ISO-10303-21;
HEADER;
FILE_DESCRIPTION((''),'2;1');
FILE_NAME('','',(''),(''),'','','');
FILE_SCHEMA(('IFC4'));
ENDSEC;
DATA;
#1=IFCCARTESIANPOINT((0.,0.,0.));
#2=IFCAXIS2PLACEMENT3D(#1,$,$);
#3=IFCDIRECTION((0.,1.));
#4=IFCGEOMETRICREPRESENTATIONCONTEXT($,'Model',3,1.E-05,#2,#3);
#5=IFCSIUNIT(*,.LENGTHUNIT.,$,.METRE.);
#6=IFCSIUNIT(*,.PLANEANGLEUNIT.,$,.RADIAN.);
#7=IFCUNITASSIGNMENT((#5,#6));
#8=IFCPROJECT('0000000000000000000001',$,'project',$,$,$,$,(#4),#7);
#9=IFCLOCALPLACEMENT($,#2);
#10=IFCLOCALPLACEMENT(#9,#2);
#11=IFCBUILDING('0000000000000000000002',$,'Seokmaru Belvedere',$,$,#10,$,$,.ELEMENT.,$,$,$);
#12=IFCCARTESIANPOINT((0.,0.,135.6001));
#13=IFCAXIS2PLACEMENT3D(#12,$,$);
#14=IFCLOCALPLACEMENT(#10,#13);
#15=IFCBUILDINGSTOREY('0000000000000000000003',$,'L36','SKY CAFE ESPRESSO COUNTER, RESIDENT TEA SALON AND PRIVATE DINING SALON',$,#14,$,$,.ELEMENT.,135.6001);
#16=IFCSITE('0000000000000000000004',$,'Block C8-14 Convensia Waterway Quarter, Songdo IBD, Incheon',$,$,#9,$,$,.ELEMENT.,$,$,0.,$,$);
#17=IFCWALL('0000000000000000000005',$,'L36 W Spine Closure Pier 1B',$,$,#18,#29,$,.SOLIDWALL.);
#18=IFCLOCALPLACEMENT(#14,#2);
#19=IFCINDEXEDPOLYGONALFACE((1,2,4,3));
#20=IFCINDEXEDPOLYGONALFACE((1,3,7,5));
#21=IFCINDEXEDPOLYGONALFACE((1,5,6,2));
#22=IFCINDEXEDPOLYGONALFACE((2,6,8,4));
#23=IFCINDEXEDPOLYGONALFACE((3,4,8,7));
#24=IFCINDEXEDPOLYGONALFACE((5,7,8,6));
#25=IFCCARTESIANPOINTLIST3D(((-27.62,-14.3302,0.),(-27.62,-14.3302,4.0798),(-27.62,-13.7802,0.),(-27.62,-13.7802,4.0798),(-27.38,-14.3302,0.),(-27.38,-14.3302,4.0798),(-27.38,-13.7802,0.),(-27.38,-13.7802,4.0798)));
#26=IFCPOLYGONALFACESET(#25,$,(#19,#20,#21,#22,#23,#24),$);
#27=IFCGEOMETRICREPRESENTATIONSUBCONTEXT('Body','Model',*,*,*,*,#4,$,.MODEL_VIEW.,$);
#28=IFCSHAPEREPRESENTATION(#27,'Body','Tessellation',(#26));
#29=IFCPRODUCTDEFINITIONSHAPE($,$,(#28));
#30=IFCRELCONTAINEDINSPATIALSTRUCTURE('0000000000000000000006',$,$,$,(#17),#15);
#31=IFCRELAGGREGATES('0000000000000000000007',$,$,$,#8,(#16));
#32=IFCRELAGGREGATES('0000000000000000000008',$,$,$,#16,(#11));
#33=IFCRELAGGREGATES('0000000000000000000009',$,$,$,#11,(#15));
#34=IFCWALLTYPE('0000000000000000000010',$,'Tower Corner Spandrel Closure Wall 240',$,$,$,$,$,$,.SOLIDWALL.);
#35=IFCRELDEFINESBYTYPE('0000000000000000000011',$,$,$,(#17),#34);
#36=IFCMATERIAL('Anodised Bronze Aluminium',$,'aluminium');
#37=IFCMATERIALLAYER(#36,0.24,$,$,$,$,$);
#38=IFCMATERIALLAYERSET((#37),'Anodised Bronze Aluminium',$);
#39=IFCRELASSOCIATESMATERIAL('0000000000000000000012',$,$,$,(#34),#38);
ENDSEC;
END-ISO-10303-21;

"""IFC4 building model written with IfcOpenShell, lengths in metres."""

from ifc_helpers import new_model, si_unit, direction, frame, frame_2d, origin, place, context, subcontext, project, spatial, rectangle, extrude, material, layer, layer_set, type_object, element, save


model = new_model("IFC4")

# Units and contexts
model_context = context("Model", 3, precision=1e-05, world=origin(), true_north=direction((0.0, 1.0)))
body_context = subcontext(model_context, "Body", "Model", "MODEL_VIEW")
ifc_project = project(units=[si_unit("LENGTHUNIT", "METRE"), si_unit("PLANEANGLEUNIT", "RADIAN")], contexts=[model_context])

# Site, building, storey
site_placement = place(None, origin())
site = spatial("IfcSite", under=ifc_project, at=site_placement, Name="Block C8-14 Convensia Waterway Quarter, Songdo IBD, Incheon", CompositionType="ELEMENT", RefElevation=0.0)
building_placement = place(site_placement, origin())
building = spatial("IfcBuilding", under=site, at=building_placement, Name="Seokmaru Belvedere", CompositionType="ELEMENT")
storey_placement = place(building_placement, frame((0.0, 0.0, 135.6001)))
storey = spatial("IfcBuildingStorey", under=building, at=storey_placement, Name="L36", Description="SKY CAFE ESPRESSO COUNTER, RESIDENT TEA SALON AND PRIVATE DINING SALON", CompositionType="ELEMENT", Elevation=135.6001)

# Shared definitions
ifc_material_1 = material(Name="Anodised Bronze Aluminium", Category="aluminium")

# Wall
ifc_layer_1 = layer(ifc_material_1, 0.24)
ifc_layer_set_1 = layer_set([ifc_layer_1], Name="Anodised Bronze Aluminium")
wall_type_1 = type_object("IfcWallType", Name="Tower Corner Spandrel Closure Wall 240", PredefinedType="SOLIDWALL", material=ifc_layer_set_1)
wall_1_placement = place(storey_placement, frame((-27.5, -14.3301, 0.0), z_axis=(0.0, 0.0, 1.0), x_axis=(0.0, 1.0, 0.0)))
element("IfcWall", 1, at=wall_1_placement, inside=storey, type_object=wall_type_1, Name="L36 W Spine Closure Pier 1B", PredefinedType="SOLIDWALL", context=body_context, shape_type="SweptSolid", body=[
    extrude(rectangle(XDim=0.55, YDim=0.24, at=frame_2d((0.2749, 0.0))), origin(), (0.0, 0.0, 1.0), 4.0798),
])

save(model, "model.ifc")
